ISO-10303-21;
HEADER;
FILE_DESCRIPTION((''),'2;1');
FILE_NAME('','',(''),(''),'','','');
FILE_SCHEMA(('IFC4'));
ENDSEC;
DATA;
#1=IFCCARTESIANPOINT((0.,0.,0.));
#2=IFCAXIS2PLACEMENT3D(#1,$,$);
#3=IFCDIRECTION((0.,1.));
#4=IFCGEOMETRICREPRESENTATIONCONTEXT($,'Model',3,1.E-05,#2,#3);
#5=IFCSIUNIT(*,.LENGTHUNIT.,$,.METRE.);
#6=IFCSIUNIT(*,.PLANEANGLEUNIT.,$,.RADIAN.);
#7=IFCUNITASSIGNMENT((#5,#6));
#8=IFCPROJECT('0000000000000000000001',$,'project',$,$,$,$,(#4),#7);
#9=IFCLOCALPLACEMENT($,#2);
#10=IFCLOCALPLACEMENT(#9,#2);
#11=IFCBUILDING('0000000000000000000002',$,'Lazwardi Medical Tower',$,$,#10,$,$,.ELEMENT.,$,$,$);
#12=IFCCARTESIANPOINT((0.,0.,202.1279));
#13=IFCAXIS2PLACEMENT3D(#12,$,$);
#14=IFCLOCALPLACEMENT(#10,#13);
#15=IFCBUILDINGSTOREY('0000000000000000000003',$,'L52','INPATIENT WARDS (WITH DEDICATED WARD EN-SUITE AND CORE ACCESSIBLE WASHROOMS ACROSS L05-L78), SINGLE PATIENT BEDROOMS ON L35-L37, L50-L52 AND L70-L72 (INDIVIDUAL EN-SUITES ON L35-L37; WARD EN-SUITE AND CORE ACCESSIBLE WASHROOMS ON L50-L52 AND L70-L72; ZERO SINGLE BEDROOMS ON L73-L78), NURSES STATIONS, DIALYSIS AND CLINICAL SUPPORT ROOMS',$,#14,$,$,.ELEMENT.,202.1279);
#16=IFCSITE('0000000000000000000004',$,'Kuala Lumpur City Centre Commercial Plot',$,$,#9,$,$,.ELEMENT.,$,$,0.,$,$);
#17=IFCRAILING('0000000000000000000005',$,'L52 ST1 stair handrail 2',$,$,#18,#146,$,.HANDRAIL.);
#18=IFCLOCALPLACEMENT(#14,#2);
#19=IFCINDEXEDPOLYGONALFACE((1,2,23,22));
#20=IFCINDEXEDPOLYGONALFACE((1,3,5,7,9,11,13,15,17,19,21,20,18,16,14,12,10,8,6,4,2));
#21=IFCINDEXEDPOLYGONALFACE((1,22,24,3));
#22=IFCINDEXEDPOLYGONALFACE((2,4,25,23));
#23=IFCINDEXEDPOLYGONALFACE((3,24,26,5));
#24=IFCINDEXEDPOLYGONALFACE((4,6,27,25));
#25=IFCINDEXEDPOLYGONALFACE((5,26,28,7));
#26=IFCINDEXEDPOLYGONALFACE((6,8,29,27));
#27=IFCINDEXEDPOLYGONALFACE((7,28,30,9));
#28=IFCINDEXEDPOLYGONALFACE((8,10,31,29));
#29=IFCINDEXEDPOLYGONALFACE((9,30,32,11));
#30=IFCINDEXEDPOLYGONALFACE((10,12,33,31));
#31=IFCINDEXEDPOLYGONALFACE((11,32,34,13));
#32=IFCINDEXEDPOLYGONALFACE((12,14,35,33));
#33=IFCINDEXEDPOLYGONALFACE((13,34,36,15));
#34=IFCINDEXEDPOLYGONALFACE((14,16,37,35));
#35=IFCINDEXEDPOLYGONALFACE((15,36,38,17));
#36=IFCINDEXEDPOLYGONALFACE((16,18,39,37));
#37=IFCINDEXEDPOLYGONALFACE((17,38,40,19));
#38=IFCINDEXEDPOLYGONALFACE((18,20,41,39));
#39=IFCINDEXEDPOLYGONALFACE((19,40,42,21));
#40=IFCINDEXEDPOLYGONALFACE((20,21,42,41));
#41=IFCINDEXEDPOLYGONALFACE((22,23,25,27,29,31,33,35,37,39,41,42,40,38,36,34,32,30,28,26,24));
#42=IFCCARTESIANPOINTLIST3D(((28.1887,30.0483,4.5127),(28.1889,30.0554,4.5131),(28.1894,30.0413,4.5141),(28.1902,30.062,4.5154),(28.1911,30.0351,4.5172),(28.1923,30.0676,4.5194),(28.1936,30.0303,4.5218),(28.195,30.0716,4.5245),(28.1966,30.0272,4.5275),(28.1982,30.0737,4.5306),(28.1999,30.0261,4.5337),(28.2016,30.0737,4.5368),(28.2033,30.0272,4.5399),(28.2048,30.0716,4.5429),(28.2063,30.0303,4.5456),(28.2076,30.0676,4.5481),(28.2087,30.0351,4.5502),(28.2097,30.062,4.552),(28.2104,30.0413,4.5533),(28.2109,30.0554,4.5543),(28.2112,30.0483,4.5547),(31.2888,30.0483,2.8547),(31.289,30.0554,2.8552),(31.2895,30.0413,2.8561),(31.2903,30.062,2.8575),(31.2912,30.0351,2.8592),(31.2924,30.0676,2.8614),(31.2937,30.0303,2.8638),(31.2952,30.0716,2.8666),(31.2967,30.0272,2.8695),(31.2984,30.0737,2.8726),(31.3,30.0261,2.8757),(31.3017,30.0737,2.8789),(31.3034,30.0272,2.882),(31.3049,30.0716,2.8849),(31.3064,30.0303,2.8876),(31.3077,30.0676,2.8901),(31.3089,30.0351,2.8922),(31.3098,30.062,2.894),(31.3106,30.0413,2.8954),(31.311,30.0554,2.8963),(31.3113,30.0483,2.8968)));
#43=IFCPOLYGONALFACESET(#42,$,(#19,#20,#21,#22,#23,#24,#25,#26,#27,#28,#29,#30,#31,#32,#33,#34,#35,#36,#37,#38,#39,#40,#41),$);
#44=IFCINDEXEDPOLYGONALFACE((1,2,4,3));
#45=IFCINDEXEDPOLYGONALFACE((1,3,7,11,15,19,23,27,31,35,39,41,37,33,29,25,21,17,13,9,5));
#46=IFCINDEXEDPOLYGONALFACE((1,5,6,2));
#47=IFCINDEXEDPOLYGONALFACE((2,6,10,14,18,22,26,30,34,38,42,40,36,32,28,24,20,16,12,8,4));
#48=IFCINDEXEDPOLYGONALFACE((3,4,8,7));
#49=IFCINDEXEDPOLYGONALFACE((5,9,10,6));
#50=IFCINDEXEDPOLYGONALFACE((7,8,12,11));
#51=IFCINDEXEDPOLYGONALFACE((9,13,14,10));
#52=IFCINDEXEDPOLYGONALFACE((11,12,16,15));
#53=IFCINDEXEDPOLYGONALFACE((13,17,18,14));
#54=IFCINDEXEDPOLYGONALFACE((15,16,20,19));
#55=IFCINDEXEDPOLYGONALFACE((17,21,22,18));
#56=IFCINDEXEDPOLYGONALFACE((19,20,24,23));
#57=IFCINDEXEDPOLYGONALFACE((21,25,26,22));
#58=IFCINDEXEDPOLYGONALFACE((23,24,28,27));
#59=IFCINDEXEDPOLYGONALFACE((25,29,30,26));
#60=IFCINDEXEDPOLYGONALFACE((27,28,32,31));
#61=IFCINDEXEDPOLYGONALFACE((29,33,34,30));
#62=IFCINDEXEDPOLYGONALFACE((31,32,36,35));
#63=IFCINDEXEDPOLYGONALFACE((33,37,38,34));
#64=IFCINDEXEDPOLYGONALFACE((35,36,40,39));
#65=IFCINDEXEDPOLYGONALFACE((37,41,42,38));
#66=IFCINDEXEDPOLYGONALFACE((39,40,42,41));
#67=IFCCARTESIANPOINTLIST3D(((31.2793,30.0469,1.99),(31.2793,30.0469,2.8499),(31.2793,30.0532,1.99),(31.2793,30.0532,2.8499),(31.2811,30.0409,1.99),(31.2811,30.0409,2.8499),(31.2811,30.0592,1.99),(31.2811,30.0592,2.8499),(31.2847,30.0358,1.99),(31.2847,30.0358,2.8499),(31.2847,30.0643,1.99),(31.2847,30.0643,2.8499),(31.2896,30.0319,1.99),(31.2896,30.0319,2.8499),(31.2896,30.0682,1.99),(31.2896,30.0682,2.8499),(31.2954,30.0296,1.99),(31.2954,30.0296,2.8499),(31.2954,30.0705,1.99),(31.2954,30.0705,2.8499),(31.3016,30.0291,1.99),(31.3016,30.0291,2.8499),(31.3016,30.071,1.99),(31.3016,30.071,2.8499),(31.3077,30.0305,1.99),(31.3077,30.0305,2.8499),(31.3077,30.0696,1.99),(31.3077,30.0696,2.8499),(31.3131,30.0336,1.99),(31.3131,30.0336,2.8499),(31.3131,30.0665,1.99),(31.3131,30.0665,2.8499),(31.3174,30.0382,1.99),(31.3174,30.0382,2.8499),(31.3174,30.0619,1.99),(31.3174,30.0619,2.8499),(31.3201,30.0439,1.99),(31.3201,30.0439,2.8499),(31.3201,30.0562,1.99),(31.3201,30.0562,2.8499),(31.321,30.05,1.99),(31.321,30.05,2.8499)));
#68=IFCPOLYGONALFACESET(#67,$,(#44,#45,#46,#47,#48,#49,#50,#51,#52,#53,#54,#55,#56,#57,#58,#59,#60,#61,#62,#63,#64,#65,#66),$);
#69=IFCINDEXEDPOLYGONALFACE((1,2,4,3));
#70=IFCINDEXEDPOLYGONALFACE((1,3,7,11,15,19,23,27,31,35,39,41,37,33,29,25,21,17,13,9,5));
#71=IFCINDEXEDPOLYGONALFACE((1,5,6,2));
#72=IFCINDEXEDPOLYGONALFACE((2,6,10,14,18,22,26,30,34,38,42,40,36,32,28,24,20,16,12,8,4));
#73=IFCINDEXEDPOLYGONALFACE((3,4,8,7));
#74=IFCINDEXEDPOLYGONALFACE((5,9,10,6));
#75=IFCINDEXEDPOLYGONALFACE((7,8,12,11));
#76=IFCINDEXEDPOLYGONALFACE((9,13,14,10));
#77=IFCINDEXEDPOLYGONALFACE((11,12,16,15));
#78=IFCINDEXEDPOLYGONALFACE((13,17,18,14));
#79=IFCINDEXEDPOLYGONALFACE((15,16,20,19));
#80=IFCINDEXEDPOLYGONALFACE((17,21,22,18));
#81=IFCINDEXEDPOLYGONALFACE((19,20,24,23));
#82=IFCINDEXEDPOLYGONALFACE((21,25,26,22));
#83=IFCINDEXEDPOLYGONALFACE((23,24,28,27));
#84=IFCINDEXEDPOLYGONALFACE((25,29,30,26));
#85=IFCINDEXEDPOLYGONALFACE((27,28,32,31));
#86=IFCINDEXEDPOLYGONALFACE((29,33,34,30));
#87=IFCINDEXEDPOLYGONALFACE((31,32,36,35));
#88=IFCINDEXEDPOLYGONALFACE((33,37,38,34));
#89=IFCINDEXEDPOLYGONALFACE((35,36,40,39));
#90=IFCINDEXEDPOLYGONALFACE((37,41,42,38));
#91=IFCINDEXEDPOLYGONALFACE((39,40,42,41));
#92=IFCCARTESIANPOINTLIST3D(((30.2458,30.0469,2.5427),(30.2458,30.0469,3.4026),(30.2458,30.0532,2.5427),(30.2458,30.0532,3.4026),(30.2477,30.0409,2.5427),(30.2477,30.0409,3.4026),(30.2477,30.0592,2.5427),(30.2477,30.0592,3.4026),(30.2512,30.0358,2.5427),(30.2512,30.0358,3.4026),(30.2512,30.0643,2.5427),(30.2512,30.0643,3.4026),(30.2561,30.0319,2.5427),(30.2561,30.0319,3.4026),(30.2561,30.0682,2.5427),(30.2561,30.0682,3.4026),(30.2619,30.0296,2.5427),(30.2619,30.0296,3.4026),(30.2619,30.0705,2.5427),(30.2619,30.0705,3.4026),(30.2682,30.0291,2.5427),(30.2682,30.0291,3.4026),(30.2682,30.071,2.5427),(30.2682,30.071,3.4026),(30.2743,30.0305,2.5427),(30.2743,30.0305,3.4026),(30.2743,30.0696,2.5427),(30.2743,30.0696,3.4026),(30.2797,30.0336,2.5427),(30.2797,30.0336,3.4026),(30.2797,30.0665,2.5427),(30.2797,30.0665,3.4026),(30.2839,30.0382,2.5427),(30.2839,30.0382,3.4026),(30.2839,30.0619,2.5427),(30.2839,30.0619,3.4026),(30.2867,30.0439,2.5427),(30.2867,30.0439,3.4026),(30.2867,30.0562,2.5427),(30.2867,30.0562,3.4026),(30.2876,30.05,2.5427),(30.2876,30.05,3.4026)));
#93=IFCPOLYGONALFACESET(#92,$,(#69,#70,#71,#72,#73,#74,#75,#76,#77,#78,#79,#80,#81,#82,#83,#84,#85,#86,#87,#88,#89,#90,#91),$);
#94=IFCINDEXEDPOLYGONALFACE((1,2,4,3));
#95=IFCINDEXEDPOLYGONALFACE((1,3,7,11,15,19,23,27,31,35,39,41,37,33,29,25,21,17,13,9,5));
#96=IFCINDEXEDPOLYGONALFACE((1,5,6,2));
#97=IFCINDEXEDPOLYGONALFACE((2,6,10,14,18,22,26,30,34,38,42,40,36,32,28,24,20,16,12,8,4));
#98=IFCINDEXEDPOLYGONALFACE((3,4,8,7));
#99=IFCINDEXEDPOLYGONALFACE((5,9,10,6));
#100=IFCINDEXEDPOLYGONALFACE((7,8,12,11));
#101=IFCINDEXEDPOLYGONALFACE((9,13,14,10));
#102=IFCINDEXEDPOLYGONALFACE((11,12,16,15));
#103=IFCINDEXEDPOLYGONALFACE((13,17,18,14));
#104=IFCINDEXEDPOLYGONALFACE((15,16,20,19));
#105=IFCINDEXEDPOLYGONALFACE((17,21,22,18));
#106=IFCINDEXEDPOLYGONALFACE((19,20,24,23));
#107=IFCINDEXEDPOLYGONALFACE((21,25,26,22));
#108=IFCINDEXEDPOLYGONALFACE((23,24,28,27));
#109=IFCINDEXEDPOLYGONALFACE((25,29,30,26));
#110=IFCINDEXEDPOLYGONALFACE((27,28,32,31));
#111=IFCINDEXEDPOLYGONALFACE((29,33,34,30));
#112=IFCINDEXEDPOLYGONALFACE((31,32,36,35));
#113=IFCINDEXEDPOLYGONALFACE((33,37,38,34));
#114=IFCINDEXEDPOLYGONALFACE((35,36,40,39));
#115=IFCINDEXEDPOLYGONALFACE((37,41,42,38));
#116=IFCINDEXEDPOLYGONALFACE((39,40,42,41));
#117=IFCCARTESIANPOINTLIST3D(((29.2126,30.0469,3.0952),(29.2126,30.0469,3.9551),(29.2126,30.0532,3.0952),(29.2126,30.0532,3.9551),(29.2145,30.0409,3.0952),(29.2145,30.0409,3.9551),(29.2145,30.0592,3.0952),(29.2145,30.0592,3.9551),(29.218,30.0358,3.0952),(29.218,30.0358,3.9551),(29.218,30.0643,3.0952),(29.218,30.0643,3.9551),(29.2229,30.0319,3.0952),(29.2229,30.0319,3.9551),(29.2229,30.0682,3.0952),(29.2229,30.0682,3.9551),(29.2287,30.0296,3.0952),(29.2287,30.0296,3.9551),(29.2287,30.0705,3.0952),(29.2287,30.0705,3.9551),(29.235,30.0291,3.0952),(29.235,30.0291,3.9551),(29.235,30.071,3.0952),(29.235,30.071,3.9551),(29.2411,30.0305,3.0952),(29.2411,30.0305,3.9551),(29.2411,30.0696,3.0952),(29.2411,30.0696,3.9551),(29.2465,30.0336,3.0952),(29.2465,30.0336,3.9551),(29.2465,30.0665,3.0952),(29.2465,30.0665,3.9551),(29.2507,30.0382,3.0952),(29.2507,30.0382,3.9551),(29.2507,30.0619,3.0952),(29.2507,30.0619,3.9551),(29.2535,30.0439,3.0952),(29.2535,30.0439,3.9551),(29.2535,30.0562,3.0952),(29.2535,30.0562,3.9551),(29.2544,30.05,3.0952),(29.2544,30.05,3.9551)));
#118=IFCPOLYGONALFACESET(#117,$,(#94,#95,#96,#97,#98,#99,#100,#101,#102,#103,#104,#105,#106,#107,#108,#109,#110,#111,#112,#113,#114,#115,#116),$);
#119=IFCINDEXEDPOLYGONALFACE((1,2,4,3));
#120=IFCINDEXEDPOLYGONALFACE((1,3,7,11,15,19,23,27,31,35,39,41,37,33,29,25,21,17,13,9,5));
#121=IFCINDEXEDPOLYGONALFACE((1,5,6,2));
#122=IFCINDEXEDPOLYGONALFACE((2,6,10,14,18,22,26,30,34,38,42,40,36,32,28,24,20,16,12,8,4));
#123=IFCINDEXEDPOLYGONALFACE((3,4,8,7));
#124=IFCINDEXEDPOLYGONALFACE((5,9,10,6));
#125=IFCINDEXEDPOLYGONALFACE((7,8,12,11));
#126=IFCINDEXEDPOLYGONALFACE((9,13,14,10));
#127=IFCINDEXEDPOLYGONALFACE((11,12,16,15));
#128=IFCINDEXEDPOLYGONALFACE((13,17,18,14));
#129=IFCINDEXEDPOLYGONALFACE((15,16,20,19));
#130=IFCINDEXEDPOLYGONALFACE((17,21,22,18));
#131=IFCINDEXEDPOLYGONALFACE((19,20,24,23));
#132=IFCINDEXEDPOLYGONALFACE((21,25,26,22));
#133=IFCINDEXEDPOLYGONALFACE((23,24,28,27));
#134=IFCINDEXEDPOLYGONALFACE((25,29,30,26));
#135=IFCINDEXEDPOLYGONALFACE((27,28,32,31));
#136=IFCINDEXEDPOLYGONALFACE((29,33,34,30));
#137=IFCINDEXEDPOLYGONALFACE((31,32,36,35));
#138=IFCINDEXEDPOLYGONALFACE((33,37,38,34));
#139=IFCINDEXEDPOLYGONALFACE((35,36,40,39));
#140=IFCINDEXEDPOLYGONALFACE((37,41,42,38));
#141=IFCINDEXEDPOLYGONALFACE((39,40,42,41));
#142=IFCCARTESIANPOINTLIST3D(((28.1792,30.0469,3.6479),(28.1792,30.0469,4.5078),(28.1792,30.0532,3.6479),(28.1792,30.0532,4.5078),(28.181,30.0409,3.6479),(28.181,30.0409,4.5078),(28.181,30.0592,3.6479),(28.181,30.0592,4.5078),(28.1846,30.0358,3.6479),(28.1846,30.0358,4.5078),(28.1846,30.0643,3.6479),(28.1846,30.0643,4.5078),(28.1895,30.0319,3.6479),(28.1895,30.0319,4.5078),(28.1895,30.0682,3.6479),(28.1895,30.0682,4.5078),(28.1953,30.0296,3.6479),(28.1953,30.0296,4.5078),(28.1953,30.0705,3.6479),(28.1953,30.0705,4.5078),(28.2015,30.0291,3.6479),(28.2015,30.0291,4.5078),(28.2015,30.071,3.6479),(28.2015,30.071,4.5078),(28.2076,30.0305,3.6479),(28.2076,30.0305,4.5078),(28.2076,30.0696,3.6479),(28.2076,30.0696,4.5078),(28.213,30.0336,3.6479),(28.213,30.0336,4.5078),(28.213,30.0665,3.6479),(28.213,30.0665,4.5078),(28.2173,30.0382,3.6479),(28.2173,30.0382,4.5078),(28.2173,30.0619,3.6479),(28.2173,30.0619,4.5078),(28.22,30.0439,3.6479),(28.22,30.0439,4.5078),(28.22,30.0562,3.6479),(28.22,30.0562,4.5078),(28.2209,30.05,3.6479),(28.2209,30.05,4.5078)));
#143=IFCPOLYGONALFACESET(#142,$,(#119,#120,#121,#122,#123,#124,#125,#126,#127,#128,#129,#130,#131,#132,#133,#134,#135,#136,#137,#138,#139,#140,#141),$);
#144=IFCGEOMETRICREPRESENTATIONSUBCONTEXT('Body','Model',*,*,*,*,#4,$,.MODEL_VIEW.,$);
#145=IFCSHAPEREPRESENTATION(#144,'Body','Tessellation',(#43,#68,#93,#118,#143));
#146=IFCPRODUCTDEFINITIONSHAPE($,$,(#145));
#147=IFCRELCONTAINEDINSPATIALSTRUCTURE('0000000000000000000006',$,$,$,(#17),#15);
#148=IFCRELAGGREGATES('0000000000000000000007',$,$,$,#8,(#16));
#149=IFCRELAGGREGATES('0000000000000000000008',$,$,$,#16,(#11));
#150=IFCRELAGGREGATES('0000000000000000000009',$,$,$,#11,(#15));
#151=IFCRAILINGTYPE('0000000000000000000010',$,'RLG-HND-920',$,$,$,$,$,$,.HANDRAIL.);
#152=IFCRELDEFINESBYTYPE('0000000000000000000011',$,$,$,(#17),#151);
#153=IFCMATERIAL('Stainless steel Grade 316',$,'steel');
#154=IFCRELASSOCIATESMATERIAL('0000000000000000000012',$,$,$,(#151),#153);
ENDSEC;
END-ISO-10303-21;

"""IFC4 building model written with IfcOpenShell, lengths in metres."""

from ifc_helpers import new_model, si_unit, direction, frame, origin, origin_2d, place, context, subcontext, project, spatial, circle, extrude, material, type_object, element, save


model = new_model("IFC4")

# Units and contexts
model_context = context("Model", 3, precision=1e-05, world=origin(), true_north=direction((0.0, 1.0)))
body_context = subcontext(model_context, "Body", "Model", "MODEL_VIEW")
ifc_project = project(units=[si_unit("LENGTHUNIT", "METRE"), si_unit("PLANEANGLEUNIT", "RADIAN")], contexts=[model_context])

# Site, building, storey
site_placement = place(None, origin())
site = spatial("IfcSite", under=ifc_project, at=site_placement, Name="Kuala Lumpur City Centre Commercial Plot", CompositionType="ELEMENT", RefElevation=0.0)
building_placement = place(site_placement, origin())
building = spatial("IfcBuilding", under=site, at=building_placement, Name="Lazwardi Medical Tower", CompositionType="ELEMENT")
storey_placement = place(building_placement, frame((0.0, 0.0, 202.1279)))
storey = spatial("IfcBuildingStorey", under=building, at=storey_placement, Name="L52", Description="INPATIENT WARDS (WITH DEDICATED WARD EN-SUITE AND CORE ACCESSIBLE WASHROOMS ACROSS L05-L78), SINGLE PATIENT BEDROOMS ON L35-L37, L50-L52 AND L70-L72 (INDIVIDUAL EN-SUITES ON L35-L37; WARD EN-SUITE AND CORE ACCESSIBLE WASHROOMS ON L50-L52 AND L70-L72; ZERO SINGLE BEDROOMS ON L73-L78), NURSES STATIONS, DIALYSIS AND CLINICAL SUPPORT ROOMS", CompositionType="ELEMENT", Elevation=202.1279)

# Railing
ifc_material_1 = material(Name="Stainless steel Grade 316", Category="steel")
railing_type_1 = type_object("IfcRailingType", Name="RLG-HND-920", PredefinedType="HANDRAIL", material=ifc_material_1)
railing_1_placement = place(storey_placement, frame((31.3, 30.05, 1.99)))
element("IfcRailing", 1, at=railing_1_placement, inside=storey, type_object=railing_type_1, Name="L52 ST1 stair handrail 2", PredefinedType="HANDRAIL", context=body_context, shape_type="SweptSolid", body=[
    extrude(circle(Radius=0.0239, at=origin_2d()), frame((0.0, 0.0, 0.8857), z_axis=(-0.881812, 0.0, 0.471601), x_axis=(0.0, -1.0, 0.0)), (0.0, 0.0, 1.0), 3.5156),
    extrude(circle(Radius=0.021, at=origin_2d()), origin(), (0.0, 0.0, 1.0), 0.8599),
    extrude(circle(Radius=0.021, at=origin_2d()), frame((-1.0334, 0.0, 0.5527)), (0.0, 0.0, 1.0), 0.8599),
    extrude(circle(Radius=0.021, at=origin_2d()), frame((-2.0667, 0.0, 1.1052)), (0.0, 0.0, 1.0), 0.8599),
    extrude(circle(Radius=0.021, at=origin_2d()), frame((-3.1001, 0.0, 1.658)), (0.0, 0.0, 1.0), 0.8599),
])

save(model, "model.ifc")
